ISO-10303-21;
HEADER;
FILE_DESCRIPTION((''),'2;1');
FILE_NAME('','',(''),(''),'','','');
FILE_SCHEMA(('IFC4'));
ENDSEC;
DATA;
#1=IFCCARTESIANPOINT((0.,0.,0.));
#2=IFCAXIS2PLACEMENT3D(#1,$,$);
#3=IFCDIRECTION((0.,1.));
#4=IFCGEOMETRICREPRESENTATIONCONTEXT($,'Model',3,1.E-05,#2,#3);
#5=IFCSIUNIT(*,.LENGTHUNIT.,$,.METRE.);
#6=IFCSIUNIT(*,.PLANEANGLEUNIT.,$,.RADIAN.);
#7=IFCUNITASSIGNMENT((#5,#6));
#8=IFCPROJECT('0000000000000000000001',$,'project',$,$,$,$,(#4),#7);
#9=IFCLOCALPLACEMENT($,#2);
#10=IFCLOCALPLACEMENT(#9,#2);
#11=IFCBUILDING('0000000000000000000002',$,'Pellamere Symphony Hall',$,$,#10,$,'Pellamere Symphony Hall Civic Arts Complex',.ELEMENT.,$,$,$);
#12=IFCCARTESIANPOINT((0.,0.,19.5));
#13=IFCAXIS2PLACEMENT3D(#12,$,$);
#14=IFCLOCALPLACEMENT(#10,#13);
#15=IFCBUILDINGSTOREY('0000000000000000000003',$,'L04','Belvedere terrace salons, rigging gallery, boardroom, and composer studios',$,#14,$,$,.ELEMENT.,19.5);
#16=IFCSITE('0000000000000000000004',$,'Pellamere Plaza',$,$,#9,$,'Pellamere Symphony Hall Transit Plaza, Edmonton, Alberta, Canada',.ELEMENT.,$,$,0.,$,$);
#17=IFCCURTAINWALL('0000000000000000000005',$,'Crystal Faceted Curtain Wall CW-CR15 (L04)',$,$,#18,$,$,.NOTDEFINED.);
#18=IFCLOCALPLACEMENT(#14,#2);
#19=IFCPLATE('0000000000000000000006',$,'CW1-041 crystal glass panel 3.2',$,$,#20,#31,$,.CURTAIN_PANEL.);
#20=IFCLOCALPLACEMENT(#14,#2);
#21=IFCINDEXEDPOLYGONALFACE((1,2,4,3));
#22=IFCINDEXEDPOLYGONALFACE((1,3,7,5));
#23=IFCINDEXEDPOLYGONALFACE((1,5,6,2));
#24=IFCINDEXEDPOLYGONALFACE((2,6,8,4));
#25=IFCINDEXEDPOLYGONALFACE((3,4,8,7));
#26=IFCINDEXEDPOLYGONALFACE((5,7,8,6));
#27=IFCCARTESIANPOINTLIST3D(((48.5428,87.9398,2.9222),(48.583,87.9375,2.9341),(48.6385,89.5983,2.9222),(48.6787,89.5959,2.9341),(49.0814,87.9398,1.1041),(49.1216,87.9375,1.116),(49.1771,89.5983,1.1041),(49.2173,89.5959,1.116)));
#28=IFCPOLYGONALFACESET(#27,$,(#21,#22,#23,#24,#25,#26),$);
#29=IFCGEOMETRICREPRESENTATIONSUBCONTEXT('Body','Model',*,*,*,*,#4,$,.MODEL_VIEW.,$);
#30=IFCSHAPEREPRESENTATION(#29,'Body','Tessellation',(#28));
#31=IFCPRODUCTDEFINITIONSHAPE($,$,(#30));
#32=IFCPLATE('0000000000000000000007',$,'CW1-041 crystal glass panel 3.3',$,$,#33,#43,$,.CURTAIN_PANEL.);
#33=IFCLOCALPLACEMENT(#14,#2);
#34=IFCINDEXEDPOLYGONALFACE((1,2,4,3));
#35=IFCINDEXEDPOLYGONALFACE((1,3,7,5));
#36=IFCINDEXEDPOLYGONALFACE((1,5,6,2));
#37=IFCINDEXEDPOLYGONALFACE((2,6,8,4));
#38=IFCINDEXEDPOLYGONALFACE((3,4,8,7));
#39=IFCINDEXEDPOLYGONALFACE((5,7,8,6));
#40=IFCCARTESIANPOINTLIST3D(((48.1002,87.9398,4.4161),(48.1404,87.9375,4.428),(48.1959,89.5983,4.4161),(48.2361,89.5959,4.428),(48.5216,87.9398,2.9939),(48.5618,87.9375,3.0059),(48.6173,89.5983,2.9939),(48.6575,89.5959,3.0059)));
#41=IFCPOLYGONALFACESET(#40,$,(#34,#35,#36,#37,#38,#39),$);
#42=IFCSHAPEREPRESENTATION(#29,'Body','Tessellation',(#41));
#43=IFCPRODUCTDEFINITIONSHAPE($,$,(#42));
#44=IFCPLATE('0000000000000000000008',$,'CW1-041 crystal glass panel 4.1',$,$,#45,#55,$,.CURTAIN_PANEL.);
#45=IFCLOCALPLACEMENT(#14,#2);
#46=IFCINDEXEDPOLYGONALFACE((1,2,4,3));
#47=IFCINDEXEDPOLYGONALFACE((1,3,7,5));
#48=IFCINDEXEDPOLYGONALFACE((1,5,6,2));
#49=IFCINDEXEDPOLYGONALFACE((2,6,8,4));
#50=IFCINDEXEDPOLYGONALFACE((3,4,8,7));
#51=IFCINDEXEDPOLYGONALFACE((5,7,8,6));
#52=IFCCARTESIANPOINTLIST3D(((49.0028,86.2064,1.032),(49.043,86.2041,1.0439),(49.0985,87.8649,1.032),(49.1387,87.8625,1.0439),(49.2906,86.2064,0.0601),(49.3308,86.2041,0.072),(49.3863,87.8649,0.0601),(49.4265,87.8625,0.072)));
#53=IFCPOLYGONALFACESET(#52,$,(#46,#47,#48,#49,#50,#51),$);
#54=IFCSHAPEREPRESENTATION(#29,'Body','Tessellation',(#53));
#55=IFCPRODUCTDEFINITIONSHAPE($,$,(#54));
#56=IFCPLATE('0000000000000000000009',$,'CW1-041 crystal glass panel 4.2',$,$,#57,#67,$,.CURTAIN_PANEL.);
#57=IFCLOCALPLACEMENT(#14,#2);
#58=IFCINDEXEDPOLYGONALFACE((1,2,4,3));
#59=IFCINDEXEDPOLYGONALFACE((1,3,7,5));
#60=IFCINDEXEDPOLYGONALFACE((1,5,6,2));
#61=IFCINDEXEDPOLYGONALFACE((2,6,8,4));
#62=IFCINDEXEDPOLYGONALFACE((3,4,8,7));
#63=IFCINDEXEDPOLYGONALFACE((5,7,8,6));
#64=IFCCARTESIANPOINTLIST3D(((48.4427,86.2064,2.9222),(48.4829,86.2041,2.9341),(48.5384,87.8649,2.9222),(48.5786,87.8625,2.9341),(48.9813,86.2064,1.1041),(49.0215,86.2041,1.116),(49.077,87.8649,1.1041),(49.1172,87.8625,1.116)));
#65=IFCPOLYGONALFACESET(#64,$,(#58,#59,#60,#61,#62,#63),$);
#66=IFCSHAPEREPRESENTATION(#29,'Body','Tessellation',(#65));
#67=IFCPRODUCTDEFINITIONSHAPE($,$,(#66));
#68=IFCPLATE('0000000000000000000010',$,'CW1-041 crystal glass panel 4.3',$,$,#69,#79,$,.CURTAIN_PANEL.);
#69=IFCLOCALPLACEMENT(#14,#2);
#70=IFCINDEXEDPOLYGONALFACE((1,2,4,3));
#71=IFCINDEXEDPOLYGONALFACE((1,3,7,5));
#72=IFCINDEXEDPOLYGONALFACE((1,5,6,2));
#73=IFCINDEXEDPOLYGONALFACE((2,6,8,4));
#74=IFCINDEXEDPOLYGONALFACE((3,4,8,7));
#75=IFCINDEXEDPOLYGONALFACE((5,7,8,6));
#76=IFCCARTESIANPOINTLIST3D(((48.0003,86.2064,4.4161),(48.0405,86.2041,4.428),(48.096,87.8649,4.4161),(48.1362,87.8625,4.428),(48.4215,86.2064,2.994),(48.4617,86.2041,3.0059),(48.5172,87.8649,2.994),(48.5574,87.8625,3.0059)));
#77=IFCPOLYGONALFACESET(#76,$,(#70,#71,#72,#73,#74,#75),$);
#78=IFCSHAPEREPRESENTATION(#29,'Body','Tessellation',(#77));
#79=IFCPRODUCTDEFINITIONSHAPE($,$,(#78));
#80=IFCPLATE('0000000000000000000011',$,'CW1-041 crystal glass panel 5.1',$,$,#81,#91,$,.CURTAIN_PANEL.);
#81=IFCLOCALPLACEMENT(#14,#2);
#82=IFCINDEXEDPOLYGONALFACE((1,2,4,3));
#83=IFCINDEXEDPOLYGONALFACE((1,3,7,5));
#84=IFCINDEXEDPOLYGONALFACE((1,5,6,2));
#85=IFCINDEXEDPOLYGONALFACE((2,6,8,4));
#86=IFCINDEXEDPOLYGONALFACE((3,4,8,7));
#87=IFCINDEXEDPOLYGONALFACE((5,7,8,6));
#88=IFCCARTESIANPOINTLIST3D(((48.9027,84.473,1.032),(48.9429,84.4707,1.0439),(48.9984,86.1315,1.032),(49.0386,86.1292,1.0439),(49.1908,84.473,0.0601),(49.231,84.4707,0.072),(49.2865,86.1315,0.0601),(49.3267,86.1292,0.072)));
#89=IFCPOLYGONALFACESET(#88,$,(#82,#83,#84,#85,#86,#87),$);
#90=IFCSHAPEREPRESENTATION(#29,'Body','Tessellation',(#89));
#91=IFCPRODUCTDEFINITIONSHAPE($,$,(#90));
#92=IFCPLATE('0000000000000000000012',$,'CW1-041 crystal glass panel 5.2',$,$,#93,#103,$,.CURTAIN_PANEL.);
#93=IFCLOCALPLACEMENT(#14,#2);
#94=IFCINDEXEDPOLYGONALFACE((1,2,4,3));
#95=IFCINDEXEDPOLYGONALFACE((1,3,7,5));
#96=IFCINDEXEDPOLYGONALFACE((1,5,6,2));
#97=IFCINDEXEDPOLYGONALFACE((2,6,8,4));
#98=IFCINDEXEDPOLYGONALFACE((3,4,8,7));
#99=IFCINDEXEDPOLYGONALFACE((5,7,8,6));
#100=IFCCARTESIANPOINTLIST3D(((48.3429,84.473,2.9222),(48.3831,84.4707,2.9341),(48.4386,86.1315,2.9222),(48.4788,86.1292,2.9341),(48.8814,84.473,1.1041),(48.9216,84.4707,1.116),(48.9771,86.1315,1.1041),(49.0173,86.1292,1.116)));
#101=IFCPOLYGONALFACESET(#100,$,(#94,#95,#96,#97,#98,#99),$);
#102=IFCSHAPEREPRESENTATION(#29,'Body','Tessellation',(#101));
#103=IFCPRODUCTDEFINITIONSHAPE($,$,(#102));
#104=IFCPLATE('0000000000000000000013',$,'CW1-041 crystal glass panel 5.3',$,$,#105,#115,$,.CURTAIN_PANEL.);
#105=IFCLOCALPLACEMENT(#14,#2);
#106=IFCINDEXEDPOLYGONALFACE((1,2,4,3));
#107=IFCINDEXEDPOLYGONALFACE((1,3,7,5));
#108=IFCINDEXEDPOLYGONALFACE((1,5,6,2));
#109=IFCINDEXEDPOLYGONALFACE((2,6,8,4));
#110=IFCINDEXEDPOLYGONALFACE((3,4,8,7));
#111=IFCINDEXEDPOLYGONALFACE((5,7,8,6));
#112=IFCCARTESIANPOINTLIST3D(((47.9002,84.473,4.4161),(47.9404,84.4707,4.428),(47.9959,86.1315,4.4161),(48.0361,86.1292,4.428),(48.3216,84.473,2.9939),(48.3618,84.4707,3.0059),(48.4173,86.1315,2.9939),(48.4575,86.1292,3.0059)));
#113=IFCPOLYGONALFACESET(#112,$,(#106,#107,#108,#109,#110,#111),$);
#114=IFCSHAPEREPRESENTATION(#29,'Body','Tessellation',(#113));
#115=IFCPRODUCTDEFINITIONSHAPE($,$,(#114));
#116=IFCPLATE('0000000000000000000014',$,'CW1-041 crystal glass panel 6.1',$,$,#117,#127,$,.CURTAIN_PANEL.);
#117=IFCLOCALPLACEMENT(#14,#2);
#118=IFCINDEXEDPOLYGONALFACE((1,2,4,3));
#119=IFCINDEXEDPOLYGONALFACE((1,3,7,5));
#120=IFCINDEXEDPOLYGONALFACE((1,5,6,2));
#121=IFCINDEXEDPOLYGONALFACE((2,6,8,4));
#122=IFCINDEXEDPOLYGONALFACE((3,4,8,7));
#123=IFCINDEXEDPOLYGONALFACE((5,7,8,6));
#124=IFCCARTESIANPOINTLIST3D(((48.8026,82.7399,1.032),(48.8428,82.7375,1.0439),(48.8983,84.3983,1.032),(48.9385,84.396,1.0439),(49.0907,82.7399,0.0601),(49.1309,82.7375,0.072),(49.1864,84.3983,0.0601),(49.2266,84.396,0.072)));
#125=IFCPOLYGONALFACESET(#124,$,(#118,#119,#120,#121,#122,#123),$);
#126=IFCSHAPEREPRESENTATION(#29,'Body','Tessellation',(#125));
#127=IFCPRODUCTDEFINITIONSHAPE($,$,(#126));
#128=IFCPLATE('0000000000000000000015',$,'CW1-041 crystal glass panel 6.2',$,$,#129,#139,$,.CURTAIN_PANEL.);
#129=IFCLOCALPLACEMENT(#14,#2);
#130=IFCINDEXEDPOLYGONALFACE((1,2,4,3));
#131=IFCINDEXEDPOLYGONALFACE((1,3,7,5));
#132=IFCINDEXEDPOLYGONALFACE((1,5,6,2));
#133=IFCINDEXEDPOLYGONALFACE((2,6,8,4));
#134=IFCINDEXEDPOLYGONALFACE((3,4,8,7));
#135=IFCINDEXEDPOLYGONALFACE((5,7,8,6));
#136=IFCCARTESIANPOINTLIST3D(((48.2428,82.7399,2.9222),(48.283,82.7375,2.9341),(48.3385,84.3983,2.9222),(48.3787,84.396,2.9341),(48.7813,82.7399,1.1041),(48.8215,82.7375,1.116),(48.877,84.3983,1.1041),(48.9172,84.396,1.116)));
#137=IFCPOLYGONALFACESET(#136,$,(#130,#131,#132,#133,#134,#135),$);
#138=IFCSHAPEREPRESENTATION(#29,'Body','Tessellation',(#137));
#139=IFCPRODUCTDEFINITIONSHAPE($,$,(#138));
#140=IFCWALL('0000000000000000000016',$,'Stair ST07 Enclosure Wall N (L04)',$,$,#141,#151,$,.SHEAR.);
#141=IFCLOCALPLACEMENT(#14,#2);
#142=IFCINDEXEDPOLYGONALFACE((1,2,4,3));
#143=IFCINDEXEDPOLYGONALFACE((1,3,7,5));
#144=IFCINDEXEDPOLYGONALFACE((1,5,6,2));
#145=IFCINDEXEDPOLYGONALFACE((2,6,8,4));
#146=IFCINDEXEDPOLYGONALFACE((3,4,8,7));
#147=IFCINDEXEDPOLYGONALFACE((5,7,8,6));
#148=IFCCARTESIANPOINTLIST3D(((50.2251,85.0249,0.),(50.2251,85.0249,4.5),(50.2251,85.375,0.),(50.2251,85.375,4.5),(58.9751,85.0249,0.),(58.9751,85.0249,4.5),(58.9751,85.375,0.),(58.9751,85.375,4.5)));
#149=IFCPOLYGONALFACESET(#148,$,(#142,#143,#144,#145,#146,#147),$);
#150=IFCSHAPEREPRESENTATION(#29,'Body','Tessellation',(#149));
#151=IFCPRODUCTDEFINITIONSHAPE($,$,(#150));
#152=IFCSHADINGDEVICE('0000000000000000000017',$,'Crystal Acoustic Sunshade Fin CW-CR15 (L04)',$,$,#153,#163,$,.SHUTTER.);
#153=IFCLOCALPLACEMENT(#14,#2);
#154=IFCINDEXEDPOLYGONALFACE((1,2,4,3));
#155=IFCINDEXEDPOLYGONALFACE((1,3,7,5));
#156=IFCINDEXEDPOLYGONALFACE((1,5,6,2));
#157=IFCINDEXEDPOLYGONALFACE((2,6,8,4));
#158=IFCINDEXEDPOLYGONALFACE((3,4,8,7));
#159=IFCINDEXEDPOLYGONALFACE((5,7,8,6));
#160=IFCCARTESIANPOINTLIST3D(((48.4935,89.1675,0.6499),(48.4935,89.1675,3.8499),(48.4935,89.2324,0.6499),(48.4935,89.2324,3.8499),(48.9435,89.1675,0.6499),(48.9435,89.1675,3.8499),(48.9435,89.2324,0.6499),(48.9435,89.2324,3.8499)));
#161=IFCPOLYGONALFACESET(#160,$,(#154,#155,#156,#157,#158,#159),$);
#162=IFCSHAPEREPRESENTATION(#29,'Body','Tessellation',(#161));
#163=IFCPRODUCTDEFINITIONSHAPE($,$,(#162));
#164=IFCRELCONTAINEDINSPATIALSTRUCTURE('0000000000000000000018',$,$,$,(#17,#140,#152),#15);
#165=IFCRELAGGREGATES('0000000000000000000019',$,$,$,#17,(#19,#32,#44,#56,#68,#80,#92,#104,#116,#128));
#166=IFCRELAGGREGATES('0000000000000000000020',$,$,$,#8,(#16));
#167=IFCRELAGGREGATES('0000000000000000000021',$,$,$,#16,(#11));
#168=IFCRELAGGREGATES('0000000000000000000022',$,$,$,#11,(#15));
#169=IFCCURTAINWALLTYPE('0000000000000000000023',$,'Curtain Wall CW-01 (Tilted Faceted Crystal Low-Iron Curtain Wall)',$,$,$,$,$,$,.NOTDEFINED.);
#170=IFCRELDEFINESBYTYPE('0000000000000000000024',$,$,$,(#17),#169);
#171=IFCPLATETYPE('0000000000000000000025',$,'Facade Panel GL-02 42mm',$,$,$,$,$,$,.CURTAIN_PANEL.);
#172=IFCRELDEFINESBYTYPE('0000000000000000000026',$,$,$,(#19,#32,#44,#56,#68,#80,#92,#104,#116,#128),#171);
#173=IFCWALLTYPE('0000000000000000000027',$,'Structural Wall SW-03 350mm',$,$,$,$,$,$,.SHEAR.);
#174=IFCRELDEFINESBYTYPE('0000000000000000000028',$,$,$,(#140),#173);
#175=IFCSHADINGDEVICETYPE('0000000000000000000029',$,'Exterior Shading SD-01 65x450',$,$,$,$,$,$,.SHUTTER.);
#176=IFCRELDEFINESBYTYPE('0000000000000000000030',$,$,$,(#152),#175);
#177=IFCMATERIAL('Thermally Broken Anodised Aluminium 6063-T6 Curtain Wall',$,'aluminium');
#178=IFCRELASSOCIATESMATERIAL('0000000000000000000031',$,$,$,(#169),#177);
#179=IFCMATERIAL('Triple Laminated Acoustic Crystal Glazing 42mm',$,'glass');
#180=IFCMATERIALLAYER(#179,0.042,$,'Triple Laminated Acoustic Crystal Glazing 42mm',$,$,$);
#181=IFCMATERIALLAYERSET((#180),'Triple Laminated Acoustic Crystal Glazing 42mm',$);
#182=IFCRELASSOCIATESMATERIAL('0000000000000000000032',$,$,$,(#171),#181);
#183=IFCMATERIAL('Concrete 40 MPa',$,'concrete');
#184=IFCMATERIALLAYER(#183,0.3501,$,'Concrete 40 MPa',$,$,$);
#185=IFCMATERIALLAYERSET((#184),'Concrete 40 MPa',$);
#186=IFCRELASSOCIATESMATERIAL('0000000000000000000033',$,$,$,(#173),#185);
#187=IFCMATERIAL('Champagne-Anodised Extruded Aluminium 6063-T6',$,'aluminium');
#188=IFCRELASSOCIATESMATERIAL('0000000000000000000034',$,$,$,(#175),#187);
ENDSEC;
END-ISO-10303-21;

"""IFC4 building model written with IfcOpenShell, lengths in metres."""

from ifc_helpers import new_model, si_unit, direction, frame, frame_2d, origin, origin_2d, place, context, subcontext, project, spatial, polyline, rectangle, outline, extrude, material, layer, layer_set, type_object, element, aggregate, save


model = new_model("IFC4")

# Units and contexts
model_context = context("Model", 3, precision=1e-05, world=origin(), true_north=direction((0.0, 1.0)))
body_context = subcontext(model_context, "Body", "Model", "MODEL_VIEW")
ifc_project = project(units=[si_unit("LENGTHUNIT", "METRE"), si_unit("PLANEANGLEUNIT", "RADIAN")], contexts=[model_context])

# Site, building, storey
site_placement = place(None, origin())
site = spatial("IfcSite", under=ifc_project, at=site_placement, Name="Pellamere Plaza", LongName="Pellamere Symphony Hall Transit Plaza, Edmonton, Alberta, Canada", CompositionType="ELEMENT", RefElevation=0.0)
building_placement = place(site_placement, origin())
building = spatial("IfcBuilding", under=site, at=building_placement, Name="Pellamere Symphony Hall", LongName="Pellamere Symphony Hall Civic Arts Complex", CompositionType="ELEMENT")
storey_placement = place(building_placement, frame((0.0, 0.0, 19.5)))
storey = spatial("IfcBuildingStorey", under=building, at=storey_placement, Name="L04", Description="Belvedere terrace salons, rigging gallery, boardroom, and composer studios", CompositionType="ELEMENT", Elevation=19.5)

# Curtain wall
ifc_material_1 = material(Name="Thermally Broken Anodised Aluminium 6063-T6 Curtain Wall", Category="aluminium")
curtain_wall_type = type_object("IfcCurtainWallType", Name="Curtain Wall CW-01 (Tilted Faceted Crystal Low-Iron Curtain Wall)", PredefinedType="NOTDEFINED", material=ifc_material_1)
curtain_wall_placement = place(storey_placement, origin())
curtain_wall = element("IfcCurtainWall", 1, at=curtain_wall_placement, inside=storey, type_object=curtain_wall_type, Name="Crystal Faceted Curtain Wall CW-CR15 (L04)", PredefinedType="NOTDEFINED")

# Shared definitions
ifc_material_2 = material(Name="Concrete 40 MPa", Category="concrete")

# Plates
ifc_material_3 = material(Name="Triple Laminated Acoustic Crystal Glazing 42mm", Category="glass")
ifc_layer_1 = layer(ifc_material_3, 0.042, Name="Triple Laminated Acoustic Crystal Glazing 42mm")
ifc_layer_set_1 = layer_set([ifc_layer_1], Name="Triple Laminated Acoustic Crystal Glazing 42mm")
plate_type = type_object("IfcPlateType", Name="Facade Panel GL-02 42mm", PredefinedType="CURTAIN_PANEL", material=ifc_layer_set_1)
plate_1_placement = place(storey_placement, frame((49.2173, 89.5959, 1.116), z_axis=(0.957352, -0.055245, 0.283593), x_axis=(-0.057611, -0.998339, 0.0)))
plate_1 = element("IfcPlate", 2, at=plate_1_placement, type_object=plate_type, Name="CW1-041 crystal glass panel 3.2", PredefinedType="CURTAIN_PANEL", context=body_context, shape_type="SweptSolid", body=[
    extrude(outline(polyline([(0.0, 0.0), (1.6612, 0.0), (1.6922, -1.896), (0.031, -1.896), (0.0, 0.0)])), origin(), (0.0, 0.0, -1.0), 0.042),
])
plate_2_placement = place(storey_placement, frame((48.6575, 89.5959, 3.0059), z_axis=(0.957331, -0.055244, 0.283666), x_axis=(-0.057611, -0.998339, 0.0)))
plate_2 = element("IfcPlate", 3, at=plate_2_placement, type_object=plate_type, Name="CW1-041 crystal glass panel 3.3", PredefinedType="CURTAIN_PANEL", context=body_context, shape_type="SweptSolid", body=[
    extrude(outline(polyline([(0.0, 0.0), (1.6612, 0.0), (1.6855, -1.483), (0.0243, -1.483), (0.0, 0.0)])), origin(), (0.0, 0.0, -1.0), 0.042),
])
plate_3_placement = place(storey_placement, frame((49.4265, 87.8625, 0.072), z_axis=(0.95737, -0.055246, 0.283532), x_axis=(-0.057611, -0.998339, 0.0)))
plate_3 = element("IfcPlate", 4, at=plate_3_placement, type_object=plate_type, Name="CW1-041 crystal glass panel 4.1", PredefinedType="CURTAIN_PANEL", context=body_context, shape_type="SweptSolid", body=[
    extrude(outline(polyline([(0.0, 0.0), (1.6612, 0.0), (1.6778, -1.0135), (0.0166, -1.0135), (0.0, 0.0)])), origin(), (0.0, 0.0, -1.0), 0.042),
])
plate_4_placement = place(storey_placement, frame((49.1172, 87.8625, 1.116), z_axis=(0.957352, -0.055245, 0.283593), x_axis=(-0.057611, -0.998339, 0.0)))
plate_4 = element("IfcPlate", 5, at=plate_4_placement, type_object=plate_type, Name="CW1-041 crystal glass panel 4.2", PredefinedType="CURTAIN_PANEL", context=body_context, shape_type="SweptSolid", body=[
    extrude(outline(polyline([(0.0, 0.0), (1.6612, 0.0), (1.6922, -1.896), (0.031, -1.896), (0.0, 0.0)])), origin(), (0.0, 0.0, -1.0), 0.042),
])
plate_5_placement = place(storey_placement, frame((48.5574, 87.8625, 3.0059), z_axis=(0.957375, -0.055247, 0.283515), x_axis=(-0.057611, -0.998339, 0.0)))
plate_5 = element("IfcPlate", 6, at=plate_5_placement, type_object=plate_type, Name="CW1-041 crystal glass panel 4.3", PredefinedType="CURTAIN_PANEL", context=body_context, shape_type="SweptSolid", body=[
    extrude(outline(polyline([(0.0, 0.0), (1.6612, 0.0), (1.6855, -1.483), (0.0243, -1.483), (0.0, 0.0)])), origin(), (0.0, 0.0, -1.0), 0.042),
])
plate_6_placement = place(storey_placement, frame((49.3267, 86.1292, 0.072), z_axis=(0.957305, -0.055243, 0.283753), x_axis=(-0.057611, -0.998339, 0.0)))
plate_6 = element("IfcPlate", 7, at=plate_6_placement, type_object=plate_type, Name="CW1-041 crystal glass panel 5.1", PredefinedType="CURTAIN_PANEL", context=body_context, shape_type="SweptSolid", body=[
    extrude(outline(polyline([(0.0, 0.0), (1.6612, 0.0), (1.6778, -1.0136), (0.0166, -1.0136), (0.0, 0.0)])), origin(), (0.0, 0.0, -1.0), 0.042),
])
plate_7_placement = place(storey_placement, frame((49.0173, 86.1292, 1.116), z_axis=(0.957352, -0.055245, 0.283593), x_axis=(-0.057611, -0.998339, 0.0)))
plate_7 = element("IfcPlate", 8, at=plate_7_placement, type_object=plate_type, Name="CW1-041 crystal glass panel 5.2", PredefinedType="CURTAIN_PANEL", context=body_context, shape_type="SweptSolid", body=[
    extrude(outline(polyline([(0.0, 0.0), (1.6612, 0.0), (1.6922, -1.896), (0.031, -1.896), (0.0, 0.0)])), origin(), (0.0, 0.0, -1.0), 0.042),
])
plate_8_placement = place(storey_placement, frame((48.4575, 86.1292, 3.0059), z_axis=(0.957331, -0.055244, 0.283666), x_axis=(-0.057611, -0.998339, 0.0)))
plate_8 = element("IfcPlate", 9, at=plate_8_placement, type_object=plate_type, Name="CW1-041 crystal glass panel 5.3", PredefinedType="CURTAIN_PANEL", context=body_context, shape_type="SweptSolid", body=[
    extrude(outline(polyline([(0.0, 0.0), (1.6612, 0.0), (1.6855, -1.483), (0.0243, -1.483), (0.0, 0.0)])), origin(), (0.0, 0.0, -1.0), 0.042),
])
plate_9_placement = place(storey_placement, frame((49.2266, 84.396, 0.072), z_axis=(0.957305, -0.055243, 0.283753), x_axis=(-0.057611, -0.998339, 0.0)))
plate_9 = element("IfcPlate", 10, at=plate_9_placement, type_object=plate_type, Name="CW1-041 crystal glass panel 6.1", PredefinedType="CURTAIN_PANEL", context=body_context, shape_type="SweptSolid", body=[
    extrude(outline(polyline([(0.0, 0.0), (1.6612, 0.0), (1.6778, -1.0136), (0.0166, -1.0136), (0.0, 0.0)])), origin(), (0.0, 0.0, -1.0), 0.042),
])
plate_10_placement = place(storey_placement, frame((48.9172, 84.396, 1.116), z_axis=(0.957352, -0.055245, 0.283593), x_axis=(-0.057611, -0.998339, 0.0)))
plate_10 = element("IfcPlate", 11, at=plate_10_placement, type_object=plate_type, Name="CW1-041 crystal glass panel 6.2", PredefinedType="CURTAIN_PANEL", context=body_context, shape_type="SweptSolid", body=[
    extrude(outline(polyline([(0.0, 0.0), (1.6612, 0.0), (1.6922, -1.896), (0.031, -1.896), (0.0, 0.0)])), origin(), (0.0, 0.0, -1.0), 0.042),
])
aggregate(curtain_wall, [plate_1, plate_2, plate_3, plate_4, plate_5, plate_6, plate_7, plate_8, plate_9, plate_10])

# Wall
ifc_layer_2 = layer(ifc_material_2, 0.3501, Name="Concrete 40 MPa")
ifc_layer_set_2 = layer_set([ifc_layer_2], Name="Concrete 40 MPa")
wall_type = type_object("IfcWallType", Name="Structural Wall SW-03 350mm", PredefinedType="SHEAR", material=ifc_layer_set_2)
wall_placement = place(storey_placement, frame((50.2251, 85.2, 0.0), z_axis=(0.0, 0.0, 1.0), x_axis=(1.0, 0.0, 0.0)))
element("IfcWall", 12, at=wall_placement, inside=storey, type_object=wall_type, Name="Stair ST07 Enclosure Wall N (L04)", PredefinedType="SHEAR", context=body_context, shape_type="SweptSolid", body=[
    extrude(rectangle(XDim=8.75, YDim=0.3501, at=frame_2d((4.375, 0.0))), origin(), (0.0, 0.0, 1.0), 4.5),
])

# Shading device
ifc_material_4 = material(Name="Champagne-Anodised Extruded Aluminium 6063-T6", Category="aluminium")
shading_device_type = type_object("IfcShadingDeviceType", Name="Exterior Shading SD-01 65x450", PredefinedType="SHUTTER", material=ifc_material_4)
shading_device_placement = place(storey_placement, frame((48.7185, 89.2, 0.6499), z_axis=(0.0, 0.0, 1.0), x_axis=(0.0, 1.0, 0.0)))
element("IfcShadingDevice", 13, at=shading_device_placement, inside=storey, type_object=shading_device_type, Name="Crystal Acoustic Sunshade Fin CW-CR15 (L04)", PredefinedType="SHUTTER", context=body_context, shape_type="SweptSolid", body=[
    extrude(rectangle(XDim=0.0649, YDim=0.45, at=origin_2d()), origin(), (0.0, 0.0, 1.0), 3.2),
])

save(model, "model.ifc")
